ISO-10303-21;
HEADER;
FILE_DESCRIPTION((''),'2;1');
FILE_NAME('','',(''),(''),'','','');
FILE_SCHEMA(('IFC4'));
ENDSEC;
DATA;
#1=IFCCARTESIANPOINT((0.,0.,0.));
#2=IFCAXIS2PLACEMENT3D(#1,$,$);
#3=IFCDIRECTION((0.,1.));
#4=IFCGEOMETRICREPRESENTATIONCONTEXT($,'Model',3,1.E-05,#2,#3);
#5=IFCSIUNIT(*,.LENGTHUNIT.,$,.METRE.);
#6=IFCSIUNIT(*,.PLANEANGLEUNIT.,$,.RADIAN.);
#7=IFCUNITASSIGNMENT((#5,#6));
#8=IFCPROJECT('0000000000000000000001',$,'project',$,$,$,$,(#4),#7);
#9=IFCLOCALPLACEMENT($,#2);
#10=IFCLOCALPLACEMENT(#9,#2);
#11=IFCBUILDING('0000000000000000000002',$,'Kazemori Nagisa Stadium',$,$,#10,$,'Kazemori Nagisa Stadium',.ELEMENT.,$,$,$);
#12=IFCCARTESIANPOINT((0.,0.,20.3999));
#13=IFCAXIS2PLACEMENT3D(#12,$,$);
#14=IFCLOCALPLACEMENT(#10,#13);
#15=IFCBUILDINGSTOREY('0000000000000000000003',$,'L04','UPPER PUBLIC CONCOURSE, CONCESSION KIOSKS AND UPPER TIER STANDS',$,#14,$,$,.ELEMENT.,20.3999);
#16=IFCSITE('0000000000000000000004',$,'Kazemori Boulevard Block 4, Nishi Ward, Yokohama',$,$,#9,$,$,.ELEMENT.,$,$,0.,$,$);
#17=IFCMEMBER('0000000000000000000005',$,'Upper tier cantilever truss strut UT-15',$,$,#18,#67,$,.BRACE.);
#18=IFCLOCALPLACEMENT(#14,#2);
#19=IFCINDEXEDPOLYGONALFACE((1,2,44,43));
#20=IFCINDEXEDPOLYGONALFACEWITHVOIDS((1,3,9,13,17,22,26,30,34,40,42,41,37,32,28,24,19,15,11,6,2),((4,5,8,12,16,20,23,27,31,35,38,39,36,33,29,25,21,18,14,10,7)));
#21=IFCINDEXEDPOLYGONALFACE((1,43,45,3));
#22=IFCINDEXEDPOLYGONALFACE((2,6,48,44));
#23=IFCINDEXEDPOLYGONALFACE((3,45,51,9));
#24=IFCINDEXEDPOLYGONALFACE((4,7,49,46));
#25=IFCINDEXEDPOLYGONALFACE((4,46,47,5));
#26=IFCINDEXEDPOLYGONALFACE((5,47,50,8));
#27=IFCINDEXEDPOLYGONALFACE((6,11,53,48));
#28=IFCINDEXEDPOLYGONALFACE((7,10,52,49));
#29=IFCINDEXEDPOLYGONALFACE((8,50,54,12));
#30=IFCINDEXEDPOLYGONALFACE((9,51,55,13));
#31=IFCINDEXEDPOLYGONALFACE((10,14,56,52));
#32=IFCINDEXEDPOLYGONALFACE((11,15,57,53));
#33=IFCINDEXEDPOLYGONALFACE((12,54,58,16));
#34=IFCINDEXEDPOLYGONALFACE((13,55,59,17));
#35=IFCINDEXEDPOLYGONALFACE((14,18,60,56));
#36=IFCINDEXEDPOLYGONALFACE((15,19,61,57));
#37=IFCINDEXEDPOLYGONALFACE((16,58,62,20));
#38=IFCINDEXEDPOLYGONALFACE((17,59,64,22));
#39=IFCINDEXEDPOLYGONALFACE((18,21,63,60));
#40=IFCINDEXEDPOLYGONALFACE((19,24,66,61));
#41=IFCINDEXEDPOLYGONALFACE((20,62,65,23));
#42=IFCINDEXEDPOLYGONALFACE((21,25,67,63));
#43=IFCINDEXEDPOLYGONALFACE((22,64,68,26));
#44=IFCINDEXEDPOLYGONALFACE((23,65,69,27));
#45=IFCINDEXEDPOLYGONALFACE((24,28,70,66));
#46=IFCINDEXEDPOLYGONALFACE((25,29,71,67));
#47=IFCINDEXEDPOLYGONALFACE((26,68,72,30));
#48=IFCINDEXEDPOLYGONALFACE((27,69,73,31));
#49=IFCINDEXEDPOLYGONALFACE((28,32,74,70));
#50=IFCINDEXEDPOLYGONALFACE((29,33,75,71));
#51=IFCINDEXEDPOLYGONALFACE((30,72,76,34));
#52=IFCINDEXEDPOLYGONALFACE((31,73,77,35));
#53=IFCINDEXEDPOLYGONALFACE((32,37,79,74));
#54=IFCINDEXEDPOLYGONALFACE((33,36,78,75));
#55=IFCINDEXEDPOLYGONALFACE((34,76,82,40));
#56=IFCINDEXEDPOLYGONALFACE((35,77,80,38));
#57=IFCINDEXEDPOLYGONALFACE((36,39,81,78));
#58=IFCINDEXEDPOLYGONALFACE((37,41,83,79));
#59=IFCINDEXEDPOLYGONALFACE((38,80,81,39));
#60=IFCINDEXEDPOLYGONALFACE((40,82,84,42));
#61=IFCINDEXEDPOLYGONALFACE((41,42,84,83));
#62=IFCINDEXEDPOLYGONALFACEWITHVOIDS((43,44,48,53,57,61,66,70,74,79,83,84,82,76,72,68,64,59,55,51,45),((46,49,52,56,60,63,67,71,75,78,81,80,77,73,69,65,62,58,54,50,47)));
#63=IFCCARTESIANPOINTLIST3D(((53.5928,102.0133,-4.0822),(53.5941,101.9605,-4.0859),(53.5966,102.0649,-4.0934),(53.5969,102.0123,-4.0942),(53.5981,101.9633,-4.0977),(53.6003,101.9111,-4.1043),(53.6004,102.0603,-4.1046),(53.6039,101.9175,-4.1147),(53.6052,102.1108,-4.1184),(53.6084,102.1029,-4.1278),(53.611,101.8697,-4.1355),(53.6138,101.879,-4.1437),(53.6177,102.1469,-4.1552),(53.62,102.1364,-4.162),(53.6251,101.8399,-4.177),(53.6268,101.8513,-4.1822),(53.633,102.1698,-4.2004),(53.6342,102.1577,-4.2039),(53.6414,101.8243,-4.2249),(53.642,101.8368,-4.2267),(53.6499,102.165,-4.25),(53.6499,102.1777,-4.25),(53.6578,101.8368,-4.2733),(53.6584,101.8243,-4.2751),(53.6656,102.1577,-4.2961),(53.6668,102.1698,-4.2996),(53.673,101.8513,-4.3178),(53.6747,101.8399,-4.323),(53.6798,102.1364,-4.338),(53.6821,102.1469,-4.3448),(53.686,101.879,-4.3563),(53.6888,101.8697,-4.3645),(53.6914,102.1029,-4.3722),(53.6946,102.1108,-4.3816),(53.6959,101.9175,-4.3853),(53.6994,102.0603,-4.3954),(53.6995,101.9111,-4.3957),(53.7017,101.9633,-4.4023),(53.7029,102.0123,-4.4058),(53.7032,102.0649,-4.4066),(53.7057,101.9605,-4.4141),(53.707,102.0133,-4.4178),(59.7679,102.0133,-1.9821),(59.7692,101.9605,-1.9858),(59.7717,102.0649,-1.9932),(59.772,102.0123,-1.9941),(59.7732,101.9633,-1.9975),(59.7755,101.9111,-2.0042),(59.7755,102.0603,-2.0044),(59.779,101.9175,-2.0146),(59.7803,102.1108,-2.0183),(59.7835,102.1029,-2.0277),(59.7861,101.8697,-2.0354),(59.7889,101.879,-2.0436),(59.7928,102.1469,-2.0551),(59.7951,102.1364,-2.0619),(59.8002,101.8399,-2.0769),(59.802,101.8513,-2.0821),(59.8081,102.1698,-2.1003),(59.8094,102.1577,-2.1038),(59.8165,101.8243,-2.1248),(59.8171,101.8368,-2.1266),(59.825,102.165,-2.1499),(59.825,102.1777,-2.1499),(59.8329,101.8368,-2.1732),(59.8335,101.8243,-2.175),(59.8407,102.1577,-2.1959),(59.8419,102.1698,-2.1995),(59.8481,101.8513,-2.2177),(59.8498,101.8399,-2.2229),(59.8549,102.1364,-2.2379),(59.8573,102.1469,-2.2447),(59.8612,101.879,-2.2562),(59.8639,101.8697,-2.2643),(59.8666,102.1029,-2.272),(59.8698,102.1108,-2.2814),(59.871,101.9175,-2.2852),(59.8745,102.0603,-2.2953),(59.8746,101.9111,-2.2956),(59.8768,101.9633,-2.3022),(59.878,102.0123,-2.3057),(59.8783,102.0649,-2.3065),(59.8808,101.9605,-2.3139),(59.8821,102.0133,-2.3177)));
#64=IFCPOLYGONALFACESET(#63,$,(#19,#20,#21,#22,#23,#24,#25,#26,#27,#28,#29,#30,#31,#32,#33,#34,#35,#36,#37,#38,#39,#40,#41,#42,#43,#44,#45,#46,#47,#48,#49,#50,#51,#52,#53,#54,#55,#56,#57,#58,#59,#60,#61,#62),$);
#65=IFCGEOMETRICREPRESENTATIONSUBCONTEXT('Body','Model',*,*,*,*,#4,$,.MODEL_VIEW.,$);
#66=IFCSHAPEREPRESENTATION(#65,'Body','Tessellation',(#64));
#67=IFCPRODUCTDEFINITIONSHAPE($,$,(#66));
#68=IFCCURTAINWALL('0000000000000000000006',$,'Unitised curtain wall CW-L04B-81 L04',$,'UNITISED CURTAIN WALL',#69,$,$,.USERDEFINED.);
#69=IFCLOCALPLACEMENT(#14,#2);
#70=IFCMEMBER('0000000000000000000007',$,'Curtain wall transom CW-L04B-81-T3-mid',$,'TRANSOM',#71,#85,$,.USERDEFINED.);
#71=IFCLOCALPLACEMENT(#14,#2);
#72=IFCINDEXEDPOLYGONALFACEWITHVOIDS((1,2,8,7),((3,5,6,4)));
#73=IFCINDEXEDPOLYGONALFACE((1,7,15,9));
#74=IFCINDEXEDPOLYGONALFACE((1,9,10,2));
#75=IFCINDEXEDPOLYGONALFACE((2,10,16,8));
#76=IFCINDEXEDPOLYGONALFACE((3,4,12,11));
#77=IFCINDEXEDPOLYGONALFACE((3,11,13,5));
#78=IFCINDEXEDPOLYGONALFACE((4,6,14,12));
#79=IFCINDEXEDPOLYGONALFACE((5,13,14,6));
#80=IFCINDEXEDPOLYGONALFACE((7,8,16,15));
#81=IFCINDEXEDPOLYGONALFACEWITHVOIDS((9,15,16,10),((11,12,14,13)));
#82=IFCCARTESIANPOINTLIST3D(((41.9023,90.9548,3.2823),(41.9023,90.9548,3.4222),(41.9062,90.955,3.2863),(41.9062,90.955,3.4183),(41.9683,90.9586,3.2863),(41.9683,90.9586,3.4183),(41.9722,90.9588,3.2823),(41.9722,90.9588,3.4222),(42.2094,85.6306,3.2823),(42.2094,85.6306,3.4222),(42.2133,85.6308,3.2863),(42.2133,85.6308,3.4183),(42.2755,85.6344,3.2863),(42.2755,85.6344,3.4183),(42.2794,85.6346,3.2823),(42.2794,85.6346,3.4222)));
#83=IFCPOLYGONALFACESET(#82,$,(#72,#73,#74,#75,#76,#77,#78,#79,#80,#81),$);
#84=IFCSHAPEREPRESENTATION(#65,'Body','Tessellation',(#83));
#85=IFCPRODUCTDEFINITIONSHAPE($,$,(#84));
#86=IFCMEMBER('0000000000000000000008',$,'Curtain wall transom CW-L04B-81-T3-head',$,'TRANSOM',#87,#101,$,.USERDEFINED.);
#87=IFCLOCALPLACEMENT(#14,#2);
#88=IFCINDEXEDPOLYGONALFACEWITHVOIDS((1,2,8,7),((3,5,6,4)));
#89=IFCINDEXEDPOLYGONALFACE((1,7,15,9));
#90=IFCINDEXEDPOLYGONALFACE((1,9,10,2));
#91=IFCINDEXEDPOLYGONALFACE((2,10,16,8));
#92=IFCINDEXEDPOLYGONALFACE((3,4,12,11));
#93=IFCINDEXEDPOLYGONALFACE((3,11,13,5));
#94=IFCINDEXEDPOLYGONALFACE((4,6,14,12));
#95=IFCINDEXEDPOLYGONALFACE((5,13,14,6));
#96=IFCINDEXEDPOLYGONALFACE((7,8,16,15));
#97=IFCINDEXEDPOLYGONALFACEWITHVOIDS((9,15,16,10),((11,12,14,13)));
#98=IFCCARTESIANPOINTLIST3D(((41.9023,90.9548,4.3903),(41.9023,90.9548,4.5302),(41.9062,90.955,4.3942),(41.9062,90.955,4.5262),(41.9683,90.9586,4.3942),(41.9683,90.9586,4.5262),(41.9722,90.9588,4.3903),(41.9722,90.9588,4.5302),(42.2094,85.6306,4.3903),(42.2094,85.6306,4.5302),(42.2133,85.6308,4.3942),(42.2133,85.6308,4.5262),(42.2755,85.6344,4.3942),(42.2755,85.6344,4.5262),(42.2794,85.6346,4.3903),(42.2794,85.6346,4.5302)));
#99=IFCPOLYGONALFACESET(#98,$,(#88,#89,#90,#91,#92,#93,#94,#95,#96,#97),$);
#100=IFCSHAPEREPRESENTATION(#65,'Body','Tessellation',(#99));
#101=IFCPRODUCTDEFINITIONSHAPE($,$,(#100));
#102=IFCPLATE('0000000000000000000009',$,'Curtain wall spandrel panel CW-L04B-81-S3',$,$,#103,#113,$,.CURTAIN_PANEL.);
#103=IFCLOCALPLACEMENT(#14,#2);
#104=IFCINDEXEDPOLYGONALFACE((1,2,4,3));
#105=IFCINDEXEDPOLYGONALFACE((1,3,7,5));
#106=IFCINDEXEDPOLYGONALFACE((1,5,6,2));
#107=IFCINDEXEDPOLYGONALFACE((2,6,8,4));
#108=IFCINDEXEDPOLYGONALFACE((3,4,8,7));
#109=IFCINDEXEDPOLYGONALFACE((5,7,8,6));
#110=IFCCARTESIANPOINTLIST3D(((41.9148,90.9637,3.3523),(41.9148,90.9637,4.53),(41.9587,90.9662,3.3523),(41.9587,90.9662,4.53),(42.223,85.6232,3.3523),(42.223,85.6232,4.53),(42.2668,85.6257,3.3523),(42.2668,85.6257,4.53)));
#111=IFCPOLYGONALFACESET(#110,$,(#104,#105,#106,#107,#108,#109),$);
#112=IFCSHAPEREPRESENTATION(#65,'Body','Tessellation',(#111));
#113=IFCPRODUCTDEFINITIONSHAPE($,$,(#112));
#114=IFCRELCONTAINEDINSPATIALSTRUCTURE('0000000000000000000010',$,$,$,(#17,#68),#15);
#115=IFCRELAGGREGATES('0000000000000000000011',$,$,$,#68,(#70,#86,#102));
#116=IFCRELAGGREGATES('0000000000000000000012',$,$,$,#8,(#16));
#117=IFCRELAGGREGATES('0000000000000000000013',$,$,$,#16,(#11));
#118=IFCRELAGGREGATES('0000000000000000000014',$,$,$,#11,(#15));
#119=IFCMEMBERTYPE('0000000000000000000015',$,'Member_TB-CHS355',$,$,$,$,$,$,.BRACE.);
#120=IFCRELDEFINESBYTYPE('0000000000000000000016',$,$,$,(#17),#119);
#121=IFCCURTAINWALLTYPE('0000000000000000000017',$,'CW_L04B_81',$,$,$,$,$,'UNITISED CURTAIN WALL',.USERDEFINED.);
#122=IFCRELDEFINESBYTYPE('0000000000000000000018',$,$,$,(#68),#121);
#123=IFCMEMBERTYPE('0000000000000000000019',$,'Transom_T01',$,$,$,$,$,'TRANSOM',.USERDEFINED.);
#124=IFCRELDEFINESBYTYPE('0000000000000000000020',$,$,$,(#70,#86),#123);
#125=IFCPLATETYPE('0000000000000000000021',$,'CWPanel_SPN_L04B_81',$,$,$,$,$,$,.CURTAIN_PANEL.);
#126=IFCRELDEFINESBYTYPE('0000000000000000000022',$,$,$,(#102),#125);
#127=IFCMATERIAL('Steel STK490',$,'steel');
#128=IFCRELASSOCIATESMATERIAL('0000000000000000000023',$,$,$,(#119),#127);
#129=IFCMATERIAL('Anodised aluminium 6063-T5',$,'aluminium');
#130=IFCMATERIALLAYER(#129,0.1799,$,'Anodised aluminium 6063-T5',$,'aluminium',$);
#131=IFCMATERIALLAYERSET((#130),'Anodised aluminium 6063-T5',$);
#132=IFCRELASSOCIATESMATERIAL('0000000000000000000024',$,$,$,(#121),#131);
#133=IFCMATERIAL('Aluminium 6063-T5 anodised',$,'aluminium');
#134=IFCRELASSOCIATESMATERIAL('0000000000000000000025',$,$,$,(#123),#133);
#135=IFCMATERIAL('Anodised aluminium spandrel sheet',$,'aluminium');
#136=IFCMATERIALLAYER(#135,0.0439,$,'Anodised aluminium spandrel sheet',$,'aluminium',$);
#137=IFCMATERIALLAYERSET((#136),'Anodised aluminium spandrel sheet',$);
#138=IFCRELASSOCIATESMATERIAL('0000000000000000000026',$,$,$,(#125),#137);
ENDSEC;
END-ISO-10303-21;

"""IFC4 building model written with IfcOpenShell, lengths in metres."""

from ifc_helpers import new_model, si_unit, direction, frame, origin, origin_2d, place, context, subcontext, project, spatial, rectangle, hollow_rectangle, hollow_circle, extrude, material, layer, layer_set, material_profile, profile_set, type_object, element, aggregate, save


model = new_model("IFC4")

# Units and contexts
model_context = context("Model", 3, precision=1e-05, world=origin(), true_north=direction((0.0, 1.0)))
body_context = subcontext(model_context, "Body", "Model", "MODEL_VIEW")
ifc_project = project(units=[si_unit("LENGTHUNIT", "METRE"), si_unit("PLANEANGLEUNIT", "RADIAN")], contexts=[model_context])

# Site, building, storey
site_placement = place(None, origin())
site = spatial("IfcSite", under=ifc_project, at=site_placement, Name="Kazemori Boulevard Block 4, Nishi Ward, Yokohama", CompositionType="ELEMENT", RefElevation=0.0)
building_placement = place(site_placement, origin())
building = spatial("IfcBuilding", under=site, at=building_placement, Name="Kazemori Nagisa Stadium", LongName="Kazemori Nagisa Stadium", CompositionType="ELEMENT")
storey_placement = place(building_placement, frame((0.0, 0.0, 20.3999)))
storey = spatial("IfcBuildingStorey", under=building, at=storey_placement, Name="L04", Description="UPPER PUBLIC CONCOURSE, CONCESSION KIOSKS AND UPPER TIER STANDS", CompositionType="ELEMENT", Elevation=20.3999)

# Member
ifc_material_1 = material(Name="Steel STK490", Category="steel")
ifc_material_profile_1 = material_profile(ifc_material_1, hollow_circle(Radius=0.1777, WallThickness=0.0127, at=origin_2d()), Name="CHS-355.6x12.7")
ifc_profile_set_1 = profile_set([ifc_material_profile_1], Name="Steel STK490")
member_type_1 = type_object("IfcMemberType", Name="Member_TB-CHS355", PredefinedType="BRACE", material=ifc_profile_set_1)
member_1_placement = place(storey_placement, frame((53.6499, 102.0, -4.25), z_axis=(0.946746, 0.0, 0.321983), x_axis=(0.0, 1.0, 0.0)))
element("IfcMember", 1, at=member_1_placement, inside=storey, type_object=member_type_1, Name="Upper tier cantilever truss strut UT-15", PredefinedType="BRACE", context=body_context, shape_type="SweptSolid", body=[
    extrude(hollow_circle(Radius=0.1777, WallThickness=0.0127, at=origin_2d()), origin(), (0.0, 0.0, 1.0), 6.5225),
])

# Curtain wall, members, plate
ifc_material_2 = material(Name="Anodised aluminium 6063-T5", Category="aluminium")
ifc_layer_1 = layer(ifc_material_2, 0.1799, Name="Anodised aluminium 6063-T5", Category="aluminium")
ifc_layer_set_1 = layer_set([ifc_layer_1], Name="Anodised aluminium 6063-T5")
curtain_wall_type = type_object("IfcCurtainWallType", Name="CW_L04B_81", ElementType="UNITISED CURTAIN WALL", PredefinedType="USERDEFINED", material=ifc_layer_set_1)
curtain_wall_placement = place(storey_placement, origin())
curtain_wall = element("IfcCurtainWall", 2, at=curtain_wall_placement, inside=storey, type_object=curtain_wall_type, Name="Unitised curtain wall CW-L04B-81 L04", ObjectType="UNITISED CURTAIN WALL", PredefinedType="USERDEFINED")
ifc_material_3 = material(Name="Aluminium 6063-T5 anodised", Category="aluminium")
ifc_material_profile_2 = material_profile(ifc_material_3, hollow_rectangle(XDim=0.0701, YDim=0.1399, WallThickness=0.0039, at=origin_2d()), Name="ALU-TRAN-70x140x4")
ifc_profile_set_2 = profile_set([ifc_material_profile_2], Name="Aluminium 6063-T5 anodised")
member_type_2 = type_object("IfcMemberType", Name="Transom_T01", ElementType="TRANSOM", PredefinedType="USERDEFINED", material=ifc_profile_set_2)
member_2_placement = place(storey_placement, frame((41.9373, 90.9568, 3.3523), z_axis=(0.05759, -0.99834, 0.0), x_axis=(0.99834, 0.05759, 0.0)))
member_2 = element("IfcMember", 3, at=member_2_placement, type_object=member_type_2, Name="Curtain wall transom CW-L04B-81-T3-mid", ObjectType="TRANSOM", PredefinedType="USERDEFINED", context=body_context, shape_type="SweptSolid", body=[
    extrude(hollow_rectangle(XDim=0.0701, YDim=0.1399, WallThickness=0.0039, at=origin_2d()), origin(), (0.0, 0.0, 1.0), 5.333),
])
member_3_placement = place(storey_placement, frame((41.9373, 90.9568, 4.4602), z_axis=(0.05759, -0.99834, 0.0), x_axis=(0.99834, 0.05759, 0.0)))
member_3 = element("IfcMember", 4, at=member_3_placement, type_object=member_type_2, Name="Curtain wall transom CW-L04B-81-T3-head", ObjectType="TRANSOM", PredefinedType="USERDEFINED", context=body_context, shape_type="SweptSolid", body=[
    extrude(hollow_rectangle(XDim=0.0701, YDim=0.1399, WallThickness=0.0039, at=origin_2d()), origin(), (0.0, 0.0, 1.0), 5.333),
])
ifc_material_4 = material(Name="Anodised aluminium spandrel sheet", Category="aluminium")
ifc_layer_2 = layer(ifc_material_4, 0.0439, Name="Anodised aluminium spandrel sheet", Category="aluminium")
ifc_layer_set_2 = layer_set([ifc_layer_2], Name="Anodised aluminium spandrel sheet")
plate_type = type_object("IfcPlateType", Name="CWPanel_SPN_L04B_81", PredefinedType="CURTAIN_PANEL", material=ifc_layer_set_2)
plate_placement = place(storey_placement, frame((42.0908, 88.2947, 3.3523), z_axis=(0.0, 0.0, 1.0), x_axis=(0.057602, -0.99834, 0.0)))
plate = element("IfcPlate", 5, at=plate_placement, type_object=plate_type, Name="Curtain wall spandrel panel CW-L04B-81-S3", PredefinedType="CURTAIN_PANEL", context=body_context, shape_type="SweptSolid", body=[
    extrude(rectangle(XDim=5.3494, YDim=0.0439, at=origin_2d()), origin(), (0.0, 0.0, 1.0), 1.1777),
])
aggregate(curtain_wall, [member_2, member_3, plate])

save(model, "model.ifc")
